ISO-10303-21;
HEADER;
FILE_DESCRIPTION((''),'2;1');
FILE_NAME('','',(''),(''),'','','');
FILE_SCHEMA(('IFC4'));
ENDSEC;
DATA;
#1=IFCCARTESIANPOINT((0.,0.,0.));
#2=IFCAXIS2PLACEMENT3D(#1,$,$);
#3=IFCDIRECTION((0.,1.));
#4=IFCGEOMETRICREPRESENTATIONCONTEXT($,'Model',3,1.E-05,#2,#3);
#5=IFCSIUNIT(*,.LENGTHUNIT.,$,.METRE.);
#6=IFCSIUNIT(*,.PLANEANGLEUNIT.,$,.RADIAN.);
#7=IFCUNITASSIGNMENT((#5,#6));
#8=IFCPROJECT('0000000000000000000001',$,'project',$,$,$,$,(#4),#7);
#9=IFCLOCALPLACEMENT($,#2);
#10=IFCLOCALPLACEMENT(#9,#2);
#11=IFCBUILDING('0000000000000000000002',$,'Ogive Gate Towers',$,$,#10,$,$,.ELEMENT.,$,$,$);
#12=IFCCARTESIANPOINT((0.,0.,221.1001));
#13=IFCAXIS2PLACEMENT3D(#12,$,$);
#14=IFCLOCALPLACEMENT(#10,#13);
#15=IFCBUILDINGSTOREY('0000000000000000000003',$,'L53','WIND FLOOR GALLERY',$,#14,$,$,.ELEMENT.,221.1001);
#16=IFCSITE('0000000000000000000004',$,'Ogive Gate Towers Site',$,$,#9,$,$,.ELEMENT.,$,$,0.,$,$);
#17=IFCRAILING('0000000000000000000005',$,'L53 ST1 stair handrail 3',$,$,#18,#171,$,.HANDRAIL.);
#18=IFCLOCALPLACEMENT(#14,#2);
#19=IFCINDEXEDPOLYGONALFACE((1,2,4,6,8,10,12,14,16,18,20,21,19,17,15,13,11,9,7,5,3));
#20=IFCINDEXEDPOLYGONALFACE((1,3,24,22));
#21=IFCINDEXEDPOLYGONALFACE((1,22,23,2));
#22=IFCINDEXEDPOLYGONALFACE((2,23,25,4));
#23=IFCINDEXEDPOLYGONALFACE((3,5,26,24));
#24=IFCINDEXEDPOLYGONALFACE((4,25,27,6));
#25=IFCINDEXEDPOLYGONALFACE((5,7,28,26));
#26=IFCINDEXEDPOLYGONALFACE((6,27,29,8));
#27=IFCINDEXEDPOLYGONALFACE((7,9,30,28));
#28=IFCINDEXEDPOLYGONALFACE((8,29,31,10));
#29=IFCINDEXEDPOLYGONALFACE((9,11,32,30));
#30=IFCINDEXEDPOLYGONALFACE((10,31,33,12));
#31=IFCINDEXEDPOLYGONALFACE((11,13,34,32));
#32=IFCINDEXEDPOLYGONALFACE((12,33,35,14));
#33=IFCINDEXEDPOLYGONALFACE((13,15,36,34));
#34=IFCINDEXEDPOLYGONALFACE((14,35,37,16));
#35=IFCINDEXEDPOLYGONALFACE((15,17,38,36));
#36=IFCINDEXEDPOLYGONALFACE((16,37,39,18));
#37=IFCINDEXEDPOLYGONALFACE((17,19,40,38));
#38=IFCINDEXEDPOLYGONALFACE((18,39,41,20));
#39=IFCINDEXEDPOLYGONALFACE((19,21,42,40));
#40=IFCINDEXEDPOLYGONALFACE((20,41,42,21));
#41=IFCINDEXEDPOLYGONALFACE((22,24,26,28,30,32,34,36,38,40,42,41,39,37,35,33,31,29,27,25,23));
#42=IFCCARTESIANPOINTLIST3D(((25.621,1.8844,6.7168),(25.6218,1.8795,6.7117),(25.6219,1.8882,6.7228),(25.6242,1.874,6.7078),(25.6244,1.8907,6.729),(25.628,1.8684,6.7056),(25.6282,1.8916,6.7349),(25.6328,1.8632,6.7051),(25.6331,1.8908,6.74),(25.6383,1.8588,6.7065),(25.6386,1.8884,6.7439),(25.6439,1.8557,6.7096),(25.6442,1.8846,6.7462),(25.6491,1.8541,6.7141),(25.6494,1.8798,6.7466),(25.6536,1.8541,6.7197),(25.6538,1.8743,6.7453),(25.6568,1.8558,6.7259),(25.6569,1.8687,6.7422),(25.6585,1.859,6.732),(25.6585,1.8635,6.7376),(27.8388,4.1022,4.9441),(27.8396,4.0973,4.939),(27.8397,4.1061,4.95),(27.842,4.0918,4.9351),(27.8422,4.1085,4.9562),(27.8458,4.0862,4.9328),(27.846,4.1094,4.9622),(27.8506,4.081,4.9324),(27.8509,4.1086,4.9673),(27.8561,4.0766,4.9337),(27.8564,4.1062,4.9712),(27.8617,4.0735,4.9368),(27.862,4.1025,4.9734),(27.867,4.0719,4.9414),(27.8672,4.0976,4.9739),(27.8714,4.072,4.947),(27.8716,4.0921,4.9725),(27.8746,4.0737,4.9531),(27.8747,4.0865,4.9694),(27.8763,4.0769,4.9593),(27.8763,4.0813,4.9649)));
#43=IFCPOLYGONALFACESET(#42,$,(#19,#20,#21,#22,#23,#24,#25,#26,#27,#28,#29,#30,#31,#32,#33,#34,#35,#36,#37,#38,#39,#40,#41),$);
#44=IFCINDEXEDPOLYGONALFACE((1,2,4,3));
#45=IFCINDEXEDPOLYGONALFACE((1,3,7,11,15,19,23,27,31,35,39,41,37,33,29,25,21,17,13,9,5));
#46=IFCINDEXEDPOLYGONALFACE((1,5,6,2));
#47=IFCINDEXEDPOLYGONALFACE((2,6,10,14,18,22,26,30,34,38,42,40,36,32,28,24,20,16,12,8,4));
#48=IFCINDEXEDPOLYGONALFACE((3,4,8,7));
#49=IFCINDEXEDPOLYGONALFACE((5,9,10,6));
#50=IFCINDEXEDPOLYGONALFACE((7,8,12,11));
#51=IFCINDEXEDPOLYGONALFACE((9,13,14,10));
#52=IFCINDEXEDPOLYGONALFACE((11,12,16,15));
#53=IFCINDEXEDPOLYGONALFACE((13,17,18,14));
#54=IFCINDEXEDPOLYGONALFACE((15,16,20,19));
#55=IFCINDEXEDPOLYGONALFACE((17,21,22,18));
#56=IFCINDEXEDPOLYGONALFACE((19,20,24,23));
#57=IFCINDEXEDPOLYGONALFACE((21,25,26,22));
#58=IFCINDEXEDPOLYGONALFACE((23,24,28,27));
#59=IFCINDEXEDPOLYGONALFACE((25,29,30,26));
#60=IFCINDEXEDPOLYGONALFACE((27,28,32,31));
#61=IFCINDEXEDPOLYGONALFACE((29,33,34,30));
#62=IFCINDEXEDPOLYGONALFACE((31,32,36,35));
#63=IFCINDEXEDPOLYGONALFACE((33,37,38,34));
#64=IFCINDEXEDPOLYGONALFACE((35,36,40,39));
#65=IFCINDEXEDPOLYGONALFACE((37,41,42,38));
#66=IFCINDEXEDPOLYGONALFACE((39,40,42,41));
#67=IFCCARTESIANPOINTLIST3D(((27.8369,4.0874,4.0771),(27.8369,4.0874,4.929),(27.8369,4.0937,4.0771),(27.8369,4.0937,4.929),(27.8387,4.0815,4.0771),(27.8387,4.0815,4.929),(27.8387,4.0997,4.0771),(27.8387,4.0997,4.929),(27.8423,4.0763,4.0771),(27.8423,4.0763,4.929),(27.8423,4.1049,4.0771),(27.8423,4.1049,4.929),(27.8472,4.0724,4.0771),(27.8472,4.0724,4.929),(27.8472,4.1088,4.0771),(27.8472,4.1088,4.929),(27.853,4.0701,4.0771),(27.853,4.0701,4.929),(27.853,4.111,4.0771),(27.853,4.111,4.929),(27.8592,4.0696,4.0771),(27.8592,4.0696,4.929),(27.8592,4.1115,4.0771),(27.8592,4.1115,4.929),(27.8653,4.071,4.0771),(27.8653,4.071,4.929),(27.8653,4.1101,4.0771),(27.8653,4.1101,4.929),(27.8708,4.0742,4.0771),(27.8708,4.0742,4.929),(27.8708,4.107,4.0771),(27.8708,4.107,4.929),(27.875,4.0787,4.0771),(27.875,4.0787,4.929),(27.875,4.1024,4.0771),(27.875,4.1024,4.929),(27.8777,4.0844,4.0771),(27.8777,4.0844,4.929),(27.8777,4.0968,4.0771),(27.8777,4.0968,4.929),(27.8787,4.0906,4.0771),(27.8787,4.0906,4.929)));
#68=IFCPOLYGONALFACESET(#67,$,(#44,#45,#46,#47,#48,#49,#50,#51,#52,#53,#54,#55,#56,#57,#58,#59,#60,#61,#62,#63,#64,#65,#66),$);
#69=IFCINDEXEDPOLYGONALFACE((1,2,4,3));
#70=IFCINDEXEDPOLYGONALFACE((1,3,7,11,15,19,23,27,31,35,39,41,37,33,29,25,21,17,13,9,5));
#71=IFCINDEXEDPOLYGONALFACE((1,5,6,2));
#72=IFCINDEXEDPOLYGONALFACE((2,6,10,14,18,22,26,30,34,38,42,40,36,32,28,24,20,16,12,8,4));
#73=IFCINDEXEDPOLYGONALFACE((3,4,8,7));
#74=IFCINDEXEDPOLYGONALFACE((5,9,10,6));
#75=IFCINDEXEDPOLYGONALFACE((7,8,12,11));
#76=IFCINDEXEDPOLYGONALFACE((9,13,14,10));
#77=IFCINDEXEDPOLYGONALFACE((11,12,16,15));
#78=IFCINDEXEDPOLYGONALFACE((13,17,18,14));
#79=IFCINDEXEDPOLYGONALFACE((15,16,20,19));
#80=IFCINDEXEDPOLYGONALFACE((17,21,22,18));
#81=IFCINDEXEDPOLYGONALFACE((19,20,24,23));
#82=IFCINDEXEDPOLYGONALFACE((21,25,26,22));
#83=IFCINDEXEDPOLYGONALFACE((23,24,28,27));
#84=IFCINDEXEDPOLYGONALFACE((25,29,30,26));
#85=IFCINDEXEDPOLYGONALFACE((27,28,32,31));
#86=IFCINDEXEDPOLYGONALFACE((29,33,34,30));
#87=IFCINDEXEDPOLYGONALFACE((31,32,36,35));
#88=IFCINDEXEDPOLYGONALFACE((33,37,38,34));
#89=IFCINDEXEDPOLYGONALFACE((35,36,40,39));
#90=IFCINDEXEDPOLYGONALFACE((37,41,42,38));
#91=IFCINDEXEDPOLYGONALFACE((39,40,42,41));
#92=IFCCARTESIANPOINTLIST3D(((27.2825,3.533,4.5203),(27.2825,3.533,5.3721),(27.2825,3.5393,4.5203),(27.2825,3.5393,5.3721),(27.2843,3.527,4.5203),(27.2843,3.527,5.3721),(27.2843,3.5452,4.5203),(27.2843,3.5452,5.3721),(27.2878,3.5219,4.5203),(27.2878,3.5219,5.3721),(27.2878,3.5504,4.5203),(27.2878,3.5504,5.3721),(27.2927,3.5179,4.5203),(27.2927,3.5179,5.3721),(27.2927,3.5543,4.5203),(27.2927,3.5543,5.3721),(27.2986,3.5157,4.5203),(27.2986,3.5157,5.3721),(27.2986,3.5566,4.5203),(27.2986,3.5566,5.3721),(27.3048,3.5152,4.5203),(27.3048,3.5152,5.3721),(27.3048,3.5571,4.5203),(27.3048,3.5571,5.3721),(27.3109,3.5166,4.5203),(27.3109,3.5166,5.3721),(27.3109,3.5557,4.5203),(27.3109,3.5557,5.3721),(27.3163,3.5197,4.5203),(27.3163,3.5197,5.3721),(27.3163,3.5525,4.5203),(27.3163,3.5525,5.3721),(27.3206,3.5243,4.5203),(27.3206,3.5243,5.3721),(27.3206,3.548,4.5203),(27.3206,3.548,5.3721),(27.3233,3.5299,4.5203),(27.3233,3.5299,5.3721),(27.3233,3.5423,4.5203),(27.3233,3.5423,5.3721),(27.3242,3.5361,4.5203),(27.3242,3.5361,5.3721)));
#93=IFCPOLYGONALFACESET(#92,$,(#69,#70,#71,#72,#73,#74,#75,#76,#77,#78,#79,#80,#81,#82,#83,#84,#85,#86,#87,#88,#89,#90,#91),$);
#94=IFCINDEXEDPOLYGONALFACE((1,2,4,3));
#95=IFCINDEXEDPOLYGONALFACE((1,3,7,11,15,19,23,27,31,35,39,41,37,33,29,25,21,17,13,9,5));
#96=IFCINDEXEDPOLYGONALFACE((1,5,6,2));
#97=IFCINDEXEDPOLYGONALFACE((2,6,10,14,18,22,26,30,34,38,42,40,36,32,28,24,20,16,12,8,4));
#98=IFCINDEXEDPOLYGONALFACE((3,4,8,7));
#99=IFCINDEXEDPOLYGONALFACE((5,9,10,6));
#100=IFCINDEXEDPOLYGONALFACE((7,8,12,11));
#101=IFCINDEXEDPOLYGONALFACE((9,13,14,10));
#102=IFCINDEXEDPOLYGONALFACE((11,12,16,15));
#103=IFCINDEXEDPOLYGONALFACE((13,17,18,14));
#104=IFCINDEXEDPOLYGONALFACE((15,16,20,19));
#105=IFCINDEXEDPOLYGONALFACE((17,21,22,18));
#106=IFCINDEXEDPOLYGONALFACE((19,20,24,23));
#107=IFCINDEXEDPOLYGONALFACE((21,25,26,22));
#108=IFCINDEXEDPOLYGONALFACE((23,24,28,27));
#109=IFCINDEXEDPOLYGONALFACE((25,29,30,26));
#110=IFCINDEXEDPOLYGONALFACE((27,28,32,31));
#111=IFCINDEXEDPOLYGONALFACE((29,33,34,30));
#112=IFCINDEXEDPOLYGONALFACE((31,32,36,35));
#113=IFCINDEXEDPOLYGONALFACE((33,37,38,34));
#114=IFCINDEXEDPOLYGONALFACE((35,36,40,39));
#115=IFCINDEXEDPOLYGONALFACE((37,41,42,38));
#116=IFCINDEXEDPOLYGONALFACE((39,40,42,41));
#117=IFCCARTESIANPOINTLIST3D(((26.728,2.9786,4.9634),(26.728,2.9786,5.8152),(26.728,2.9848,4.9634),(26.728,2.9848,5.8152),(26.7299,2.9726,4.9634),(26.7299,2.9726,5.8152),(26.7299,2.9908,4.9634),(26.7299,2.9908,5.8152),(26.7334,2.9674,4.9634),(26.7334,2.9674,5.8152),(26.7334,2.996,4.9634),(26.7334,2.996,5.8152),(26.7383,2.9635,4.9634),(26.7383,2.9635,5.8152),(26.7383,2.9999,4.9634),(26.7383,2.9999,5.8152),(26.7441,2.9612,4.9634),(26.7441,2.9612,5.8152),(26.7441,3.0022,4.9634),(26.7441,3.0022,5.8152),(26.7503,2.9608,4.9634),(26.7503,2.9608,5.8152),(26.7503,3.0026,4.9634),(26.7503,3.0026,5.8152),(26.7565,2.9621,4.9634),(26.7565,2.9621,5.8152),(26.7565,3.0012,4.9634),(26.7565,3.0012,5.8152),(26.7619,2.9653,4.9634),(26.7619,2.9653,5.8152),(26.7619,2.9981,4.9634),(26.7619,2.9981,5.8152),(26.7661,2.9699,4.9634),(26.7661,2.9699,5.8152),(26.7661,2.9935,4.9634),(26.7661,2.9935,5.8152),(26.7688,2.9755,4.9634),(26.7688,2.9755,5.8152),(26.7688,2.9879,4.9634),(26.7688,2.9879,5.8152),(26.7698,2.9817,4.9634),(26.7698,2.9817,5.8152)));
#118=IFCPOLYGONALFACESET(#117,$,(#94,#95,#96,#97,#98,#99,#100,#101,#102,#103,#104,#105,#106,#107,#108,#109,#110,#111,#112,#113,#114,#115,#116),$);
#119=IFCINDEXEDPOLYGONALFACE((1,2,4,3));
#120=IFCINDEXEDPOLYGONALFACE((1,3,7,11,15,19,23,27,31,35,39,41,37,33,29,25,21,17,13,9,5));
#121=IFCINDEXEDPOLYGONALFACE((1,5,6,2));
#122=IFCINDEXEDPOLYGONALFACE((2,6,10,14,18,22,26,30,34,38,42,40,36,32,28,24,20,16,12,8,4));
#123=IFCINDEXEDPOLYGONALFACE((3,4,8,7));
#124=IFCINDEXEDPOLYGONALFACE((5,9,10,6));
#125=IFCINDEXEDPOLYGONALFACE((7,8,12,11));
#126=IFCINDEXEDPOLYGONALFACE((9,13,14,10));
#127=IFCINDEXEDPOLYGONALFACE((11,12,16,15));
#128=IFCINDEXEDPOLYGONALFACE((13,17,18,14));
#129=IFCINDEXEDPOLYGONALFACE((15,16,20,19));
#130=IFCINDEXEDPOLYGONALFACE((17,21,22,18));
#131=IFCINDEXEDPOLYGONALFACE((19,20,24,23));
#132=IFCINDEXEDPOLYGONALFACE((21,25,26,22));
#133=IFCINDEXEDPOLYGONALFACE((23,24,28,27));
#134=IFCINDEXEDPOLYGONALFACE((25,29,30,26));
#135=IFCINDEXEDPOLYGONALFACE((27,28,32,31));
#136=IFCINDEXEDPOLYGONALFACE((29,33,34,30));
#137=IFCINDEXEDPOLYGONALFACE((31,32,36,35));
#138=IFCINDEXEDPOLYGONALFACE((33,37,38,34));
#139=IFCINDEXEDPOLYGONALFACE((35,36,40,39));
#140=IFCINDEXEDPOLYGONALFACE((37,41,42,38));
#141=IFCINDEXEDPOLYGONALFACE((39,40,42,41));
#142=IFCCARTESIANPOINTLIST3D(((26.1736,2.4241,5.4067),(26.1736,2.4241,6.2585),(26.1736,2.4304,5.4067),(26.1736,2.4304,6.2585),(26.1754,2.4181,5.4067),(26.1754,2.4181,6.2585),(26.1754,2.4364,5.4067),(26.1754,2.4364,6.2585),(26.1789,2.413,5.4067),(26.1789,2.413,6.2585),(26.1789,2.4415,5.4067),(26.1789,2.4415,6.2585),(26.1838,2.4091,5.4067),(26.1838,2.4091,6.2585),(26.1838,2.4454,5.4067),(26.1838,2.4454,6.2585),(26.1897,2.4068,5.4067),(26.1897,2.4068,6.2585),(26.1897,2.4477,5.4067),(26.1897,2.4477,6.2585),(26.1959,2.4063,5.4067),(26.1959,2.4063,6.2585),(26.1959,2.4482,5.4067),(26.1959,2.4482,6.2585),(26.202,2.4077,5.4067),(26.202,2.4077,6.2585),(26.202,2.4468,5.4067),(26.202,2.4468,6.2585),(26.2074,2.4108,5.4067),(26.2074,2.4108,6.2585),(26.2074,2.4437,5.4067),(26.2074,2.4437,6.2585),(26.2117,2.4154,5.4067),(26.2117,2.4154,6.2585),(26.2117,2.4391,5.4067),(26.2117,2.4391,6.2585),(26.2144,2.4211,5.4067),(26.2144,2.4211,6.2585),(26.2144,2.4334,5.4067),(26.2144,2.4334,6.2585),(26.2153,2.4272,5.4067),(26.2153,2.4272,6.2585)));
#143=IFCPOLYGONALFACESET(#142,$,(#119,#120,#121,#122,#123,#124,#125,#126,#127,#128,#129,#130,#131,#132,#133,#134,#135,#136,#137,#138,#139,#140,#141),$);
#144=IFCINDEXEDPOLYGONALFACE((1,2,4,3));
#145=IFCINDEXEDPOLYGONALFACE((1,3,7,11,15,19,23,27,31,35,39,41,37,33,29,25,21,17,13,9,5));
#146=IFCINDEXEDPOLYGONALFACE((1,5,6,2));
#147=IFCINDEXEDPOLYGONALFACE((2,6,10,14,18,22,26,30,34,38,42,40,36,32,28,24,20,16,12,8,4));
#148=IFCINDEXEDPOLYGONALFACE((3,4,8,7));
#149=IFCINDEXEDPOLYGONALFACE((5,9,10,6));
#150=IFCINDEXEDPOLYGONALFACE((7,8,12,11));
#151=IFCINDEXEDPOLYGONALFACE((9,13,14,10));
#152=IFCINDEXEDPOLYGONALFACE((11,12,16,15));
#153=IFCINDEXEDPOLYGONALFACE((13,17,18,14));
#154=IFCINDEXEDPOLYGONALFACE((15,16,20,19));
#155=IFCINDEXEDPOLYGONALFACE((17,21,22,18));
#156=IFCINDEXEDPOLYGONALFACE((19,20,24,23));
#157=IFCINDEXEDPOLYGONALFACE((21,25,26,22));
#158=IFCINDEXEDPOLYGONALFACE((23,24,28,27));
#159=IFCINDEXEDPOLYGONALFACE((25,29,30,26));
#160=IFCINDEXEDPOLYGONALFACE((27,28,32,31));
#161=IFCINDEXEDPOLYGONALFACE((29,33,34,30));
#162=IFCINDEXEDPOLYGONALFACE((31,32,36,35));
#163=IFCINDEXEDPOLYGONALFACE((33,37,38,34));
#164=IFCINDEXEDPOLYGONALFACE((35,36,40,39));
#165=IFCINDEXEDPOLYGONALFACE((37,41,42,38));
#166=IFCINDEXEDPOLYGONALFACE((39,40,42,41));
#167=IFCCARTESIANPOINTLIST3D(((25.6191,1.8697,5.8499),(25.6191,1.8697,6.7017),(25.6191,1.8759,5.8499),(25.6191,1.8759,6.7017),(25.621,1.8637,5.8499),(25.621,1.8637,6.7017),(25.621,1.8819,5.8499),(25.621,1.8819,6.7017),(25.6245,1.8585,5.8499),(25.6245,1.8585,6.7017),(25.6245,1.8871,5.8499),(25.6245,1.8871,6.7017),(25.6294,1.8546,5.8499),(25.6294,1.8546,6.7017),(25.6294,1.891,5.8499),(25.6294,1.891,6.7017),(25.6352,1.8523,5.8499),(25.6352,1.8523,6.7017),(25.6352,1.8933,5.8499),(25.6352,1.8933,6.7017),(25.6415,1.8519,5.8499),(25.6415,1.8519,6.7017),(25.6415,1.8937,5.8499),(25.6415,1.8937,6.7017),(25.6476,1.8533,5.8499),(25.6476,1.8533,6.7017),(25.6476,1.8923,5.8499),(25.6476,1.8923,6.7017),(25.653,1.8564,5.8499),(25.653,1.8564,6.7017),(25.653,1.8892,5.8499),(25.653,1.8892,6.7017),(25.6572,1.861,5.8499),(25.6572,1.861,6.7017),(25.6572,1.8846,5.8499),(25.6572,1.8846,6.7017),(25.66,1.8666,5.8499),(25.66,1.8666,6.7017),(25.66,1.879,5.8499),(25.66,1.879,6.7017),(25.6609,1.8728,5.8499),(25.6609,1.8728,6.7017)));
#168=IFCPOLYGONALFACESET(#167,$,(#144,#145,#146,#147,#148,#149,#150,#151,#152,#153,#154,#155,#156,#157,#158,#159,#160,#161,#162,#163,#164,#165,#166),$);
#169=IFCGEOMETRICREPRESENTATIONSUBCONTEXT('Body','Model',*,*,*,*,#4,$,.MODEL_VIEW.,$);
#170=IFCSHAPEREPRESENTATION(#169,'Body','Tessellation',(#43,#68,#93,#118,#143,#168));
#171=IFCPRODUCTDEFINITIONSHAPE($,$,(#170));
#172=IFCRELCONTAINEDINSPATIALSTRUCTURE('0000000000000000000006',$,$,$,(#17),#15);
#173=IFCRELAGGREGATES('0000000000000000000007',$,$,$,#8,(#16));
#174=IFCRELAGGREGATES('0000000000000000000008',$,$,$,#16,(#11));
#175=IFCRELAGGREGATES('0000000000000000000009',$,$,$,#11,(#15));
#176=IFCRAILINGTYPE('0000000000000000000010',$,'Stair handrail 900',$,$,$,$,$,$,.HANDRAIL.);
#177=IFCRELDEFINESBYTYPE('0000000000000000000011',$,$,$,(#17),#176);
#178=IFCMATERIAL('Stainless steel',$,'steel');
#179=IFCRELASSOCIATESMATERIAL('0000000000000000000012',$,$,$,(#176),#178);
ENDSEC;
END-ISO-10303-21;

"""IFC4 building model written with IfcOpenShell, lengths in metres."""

from ifc_helpers import new_model, si_unit, direction, frame, origin, origin_2d, place, context, subcontext, project, spatial, circle, extrude, material, type_object, element, save


model = new_model("IFC4")

# Units and contexts
model_context = context("Model", 3, precision=1e-05, world=origin(), true_north=direction((0.0, 1.0)))
body_context = subcontext(model_context, "Body", "Model", "MODEL_VIEW")
ifc_project = project(units=[si_unit("LENGTHUNIT", "METRE"), si_unit("PLANEANGLEUNIT", "RADIAN")], contexts=[model_context])

# Site, building, storey
site_placement = place(None, origin())
site = spatial("IfcSite", under=ifc_project, at=site_placement, Name="Ogive Gate Towers Site", CompositionType="ELEMENT", RefElevation=0.0)
building_placement = place(site_placement, origin())
building = spatial("IfcBuilding", under=site, at=building_placement, Name="Ogive Gate Towers", CompositionType="ELEMENT")
storey_placement = place(building_placement, frame((0.0, 0.0, 221.1001)))
storey = spatial("IfcBuildingStorey", under=building, at=storey_placement, Name="L53", Description="WIND FLOOR GALLERY", CompositionType="ELEMENT", Elevation=221.1001)

# Railing
ifc_material_1 = material(Name="Stainless steel", Category="steel")
railing_type_1 = type_object("IfcRailingType", Name="Stair handrail 900", PredefinedType="HANDRAIL", material=ifc_material_1)
for number, where, name in (
    (1, (27.8577, 4.0906, 4.0771), "L53 ST1 stair handrail 3"),
):
    element("IfcRailing", number, at=place(storey_placement, frame(where)), inside=storey, type_object=railing_type_1, Name=name, PredefinedType="HANDRAIL", context=body_context, shape_type="SweptSolid", body=[
        extrude(circle(Radius=0.0239, at=origin_2d()), frame((0.0, 0.0, 0.876), z_axis=(-0.615585, -0.615585, 0.492048), x_axis=(0.707107, -0.707107, 0.0)), (0.0, 0.0, 1.0), 3.6028),
        extrude(circle(Radius=0.021, at=origin_2d()), origin(), (0.0, 0.0, 1.0), 0.8518),
        extrude(circle(Radius=0.021, at=origin_2d()), frame((-0.5544, -0.5544, 0.4431)), (0.0, 0.0, 1.0), 0.8518),
        extrude(circle(Radius=0.021, at=origin_2d()), frame((-1.1089, -1.1089, 0.8862)), (0.0, 0.0, 1.0), 0.8518),
        extrude(circle(Radius=0.021, at=origin_2d()), frame((-1.6633, -1.6633, 1.3296)), (0.0, 0.0, 1.0), 0.8518),
        extrude(circle(Radius=0.021, at=origin_2d()), frame((-2.2178, -2.2178, 1.7727)), (0.0, 0.0, 1.0), 0.8518),
    ])

save(model, "model.ifc")
